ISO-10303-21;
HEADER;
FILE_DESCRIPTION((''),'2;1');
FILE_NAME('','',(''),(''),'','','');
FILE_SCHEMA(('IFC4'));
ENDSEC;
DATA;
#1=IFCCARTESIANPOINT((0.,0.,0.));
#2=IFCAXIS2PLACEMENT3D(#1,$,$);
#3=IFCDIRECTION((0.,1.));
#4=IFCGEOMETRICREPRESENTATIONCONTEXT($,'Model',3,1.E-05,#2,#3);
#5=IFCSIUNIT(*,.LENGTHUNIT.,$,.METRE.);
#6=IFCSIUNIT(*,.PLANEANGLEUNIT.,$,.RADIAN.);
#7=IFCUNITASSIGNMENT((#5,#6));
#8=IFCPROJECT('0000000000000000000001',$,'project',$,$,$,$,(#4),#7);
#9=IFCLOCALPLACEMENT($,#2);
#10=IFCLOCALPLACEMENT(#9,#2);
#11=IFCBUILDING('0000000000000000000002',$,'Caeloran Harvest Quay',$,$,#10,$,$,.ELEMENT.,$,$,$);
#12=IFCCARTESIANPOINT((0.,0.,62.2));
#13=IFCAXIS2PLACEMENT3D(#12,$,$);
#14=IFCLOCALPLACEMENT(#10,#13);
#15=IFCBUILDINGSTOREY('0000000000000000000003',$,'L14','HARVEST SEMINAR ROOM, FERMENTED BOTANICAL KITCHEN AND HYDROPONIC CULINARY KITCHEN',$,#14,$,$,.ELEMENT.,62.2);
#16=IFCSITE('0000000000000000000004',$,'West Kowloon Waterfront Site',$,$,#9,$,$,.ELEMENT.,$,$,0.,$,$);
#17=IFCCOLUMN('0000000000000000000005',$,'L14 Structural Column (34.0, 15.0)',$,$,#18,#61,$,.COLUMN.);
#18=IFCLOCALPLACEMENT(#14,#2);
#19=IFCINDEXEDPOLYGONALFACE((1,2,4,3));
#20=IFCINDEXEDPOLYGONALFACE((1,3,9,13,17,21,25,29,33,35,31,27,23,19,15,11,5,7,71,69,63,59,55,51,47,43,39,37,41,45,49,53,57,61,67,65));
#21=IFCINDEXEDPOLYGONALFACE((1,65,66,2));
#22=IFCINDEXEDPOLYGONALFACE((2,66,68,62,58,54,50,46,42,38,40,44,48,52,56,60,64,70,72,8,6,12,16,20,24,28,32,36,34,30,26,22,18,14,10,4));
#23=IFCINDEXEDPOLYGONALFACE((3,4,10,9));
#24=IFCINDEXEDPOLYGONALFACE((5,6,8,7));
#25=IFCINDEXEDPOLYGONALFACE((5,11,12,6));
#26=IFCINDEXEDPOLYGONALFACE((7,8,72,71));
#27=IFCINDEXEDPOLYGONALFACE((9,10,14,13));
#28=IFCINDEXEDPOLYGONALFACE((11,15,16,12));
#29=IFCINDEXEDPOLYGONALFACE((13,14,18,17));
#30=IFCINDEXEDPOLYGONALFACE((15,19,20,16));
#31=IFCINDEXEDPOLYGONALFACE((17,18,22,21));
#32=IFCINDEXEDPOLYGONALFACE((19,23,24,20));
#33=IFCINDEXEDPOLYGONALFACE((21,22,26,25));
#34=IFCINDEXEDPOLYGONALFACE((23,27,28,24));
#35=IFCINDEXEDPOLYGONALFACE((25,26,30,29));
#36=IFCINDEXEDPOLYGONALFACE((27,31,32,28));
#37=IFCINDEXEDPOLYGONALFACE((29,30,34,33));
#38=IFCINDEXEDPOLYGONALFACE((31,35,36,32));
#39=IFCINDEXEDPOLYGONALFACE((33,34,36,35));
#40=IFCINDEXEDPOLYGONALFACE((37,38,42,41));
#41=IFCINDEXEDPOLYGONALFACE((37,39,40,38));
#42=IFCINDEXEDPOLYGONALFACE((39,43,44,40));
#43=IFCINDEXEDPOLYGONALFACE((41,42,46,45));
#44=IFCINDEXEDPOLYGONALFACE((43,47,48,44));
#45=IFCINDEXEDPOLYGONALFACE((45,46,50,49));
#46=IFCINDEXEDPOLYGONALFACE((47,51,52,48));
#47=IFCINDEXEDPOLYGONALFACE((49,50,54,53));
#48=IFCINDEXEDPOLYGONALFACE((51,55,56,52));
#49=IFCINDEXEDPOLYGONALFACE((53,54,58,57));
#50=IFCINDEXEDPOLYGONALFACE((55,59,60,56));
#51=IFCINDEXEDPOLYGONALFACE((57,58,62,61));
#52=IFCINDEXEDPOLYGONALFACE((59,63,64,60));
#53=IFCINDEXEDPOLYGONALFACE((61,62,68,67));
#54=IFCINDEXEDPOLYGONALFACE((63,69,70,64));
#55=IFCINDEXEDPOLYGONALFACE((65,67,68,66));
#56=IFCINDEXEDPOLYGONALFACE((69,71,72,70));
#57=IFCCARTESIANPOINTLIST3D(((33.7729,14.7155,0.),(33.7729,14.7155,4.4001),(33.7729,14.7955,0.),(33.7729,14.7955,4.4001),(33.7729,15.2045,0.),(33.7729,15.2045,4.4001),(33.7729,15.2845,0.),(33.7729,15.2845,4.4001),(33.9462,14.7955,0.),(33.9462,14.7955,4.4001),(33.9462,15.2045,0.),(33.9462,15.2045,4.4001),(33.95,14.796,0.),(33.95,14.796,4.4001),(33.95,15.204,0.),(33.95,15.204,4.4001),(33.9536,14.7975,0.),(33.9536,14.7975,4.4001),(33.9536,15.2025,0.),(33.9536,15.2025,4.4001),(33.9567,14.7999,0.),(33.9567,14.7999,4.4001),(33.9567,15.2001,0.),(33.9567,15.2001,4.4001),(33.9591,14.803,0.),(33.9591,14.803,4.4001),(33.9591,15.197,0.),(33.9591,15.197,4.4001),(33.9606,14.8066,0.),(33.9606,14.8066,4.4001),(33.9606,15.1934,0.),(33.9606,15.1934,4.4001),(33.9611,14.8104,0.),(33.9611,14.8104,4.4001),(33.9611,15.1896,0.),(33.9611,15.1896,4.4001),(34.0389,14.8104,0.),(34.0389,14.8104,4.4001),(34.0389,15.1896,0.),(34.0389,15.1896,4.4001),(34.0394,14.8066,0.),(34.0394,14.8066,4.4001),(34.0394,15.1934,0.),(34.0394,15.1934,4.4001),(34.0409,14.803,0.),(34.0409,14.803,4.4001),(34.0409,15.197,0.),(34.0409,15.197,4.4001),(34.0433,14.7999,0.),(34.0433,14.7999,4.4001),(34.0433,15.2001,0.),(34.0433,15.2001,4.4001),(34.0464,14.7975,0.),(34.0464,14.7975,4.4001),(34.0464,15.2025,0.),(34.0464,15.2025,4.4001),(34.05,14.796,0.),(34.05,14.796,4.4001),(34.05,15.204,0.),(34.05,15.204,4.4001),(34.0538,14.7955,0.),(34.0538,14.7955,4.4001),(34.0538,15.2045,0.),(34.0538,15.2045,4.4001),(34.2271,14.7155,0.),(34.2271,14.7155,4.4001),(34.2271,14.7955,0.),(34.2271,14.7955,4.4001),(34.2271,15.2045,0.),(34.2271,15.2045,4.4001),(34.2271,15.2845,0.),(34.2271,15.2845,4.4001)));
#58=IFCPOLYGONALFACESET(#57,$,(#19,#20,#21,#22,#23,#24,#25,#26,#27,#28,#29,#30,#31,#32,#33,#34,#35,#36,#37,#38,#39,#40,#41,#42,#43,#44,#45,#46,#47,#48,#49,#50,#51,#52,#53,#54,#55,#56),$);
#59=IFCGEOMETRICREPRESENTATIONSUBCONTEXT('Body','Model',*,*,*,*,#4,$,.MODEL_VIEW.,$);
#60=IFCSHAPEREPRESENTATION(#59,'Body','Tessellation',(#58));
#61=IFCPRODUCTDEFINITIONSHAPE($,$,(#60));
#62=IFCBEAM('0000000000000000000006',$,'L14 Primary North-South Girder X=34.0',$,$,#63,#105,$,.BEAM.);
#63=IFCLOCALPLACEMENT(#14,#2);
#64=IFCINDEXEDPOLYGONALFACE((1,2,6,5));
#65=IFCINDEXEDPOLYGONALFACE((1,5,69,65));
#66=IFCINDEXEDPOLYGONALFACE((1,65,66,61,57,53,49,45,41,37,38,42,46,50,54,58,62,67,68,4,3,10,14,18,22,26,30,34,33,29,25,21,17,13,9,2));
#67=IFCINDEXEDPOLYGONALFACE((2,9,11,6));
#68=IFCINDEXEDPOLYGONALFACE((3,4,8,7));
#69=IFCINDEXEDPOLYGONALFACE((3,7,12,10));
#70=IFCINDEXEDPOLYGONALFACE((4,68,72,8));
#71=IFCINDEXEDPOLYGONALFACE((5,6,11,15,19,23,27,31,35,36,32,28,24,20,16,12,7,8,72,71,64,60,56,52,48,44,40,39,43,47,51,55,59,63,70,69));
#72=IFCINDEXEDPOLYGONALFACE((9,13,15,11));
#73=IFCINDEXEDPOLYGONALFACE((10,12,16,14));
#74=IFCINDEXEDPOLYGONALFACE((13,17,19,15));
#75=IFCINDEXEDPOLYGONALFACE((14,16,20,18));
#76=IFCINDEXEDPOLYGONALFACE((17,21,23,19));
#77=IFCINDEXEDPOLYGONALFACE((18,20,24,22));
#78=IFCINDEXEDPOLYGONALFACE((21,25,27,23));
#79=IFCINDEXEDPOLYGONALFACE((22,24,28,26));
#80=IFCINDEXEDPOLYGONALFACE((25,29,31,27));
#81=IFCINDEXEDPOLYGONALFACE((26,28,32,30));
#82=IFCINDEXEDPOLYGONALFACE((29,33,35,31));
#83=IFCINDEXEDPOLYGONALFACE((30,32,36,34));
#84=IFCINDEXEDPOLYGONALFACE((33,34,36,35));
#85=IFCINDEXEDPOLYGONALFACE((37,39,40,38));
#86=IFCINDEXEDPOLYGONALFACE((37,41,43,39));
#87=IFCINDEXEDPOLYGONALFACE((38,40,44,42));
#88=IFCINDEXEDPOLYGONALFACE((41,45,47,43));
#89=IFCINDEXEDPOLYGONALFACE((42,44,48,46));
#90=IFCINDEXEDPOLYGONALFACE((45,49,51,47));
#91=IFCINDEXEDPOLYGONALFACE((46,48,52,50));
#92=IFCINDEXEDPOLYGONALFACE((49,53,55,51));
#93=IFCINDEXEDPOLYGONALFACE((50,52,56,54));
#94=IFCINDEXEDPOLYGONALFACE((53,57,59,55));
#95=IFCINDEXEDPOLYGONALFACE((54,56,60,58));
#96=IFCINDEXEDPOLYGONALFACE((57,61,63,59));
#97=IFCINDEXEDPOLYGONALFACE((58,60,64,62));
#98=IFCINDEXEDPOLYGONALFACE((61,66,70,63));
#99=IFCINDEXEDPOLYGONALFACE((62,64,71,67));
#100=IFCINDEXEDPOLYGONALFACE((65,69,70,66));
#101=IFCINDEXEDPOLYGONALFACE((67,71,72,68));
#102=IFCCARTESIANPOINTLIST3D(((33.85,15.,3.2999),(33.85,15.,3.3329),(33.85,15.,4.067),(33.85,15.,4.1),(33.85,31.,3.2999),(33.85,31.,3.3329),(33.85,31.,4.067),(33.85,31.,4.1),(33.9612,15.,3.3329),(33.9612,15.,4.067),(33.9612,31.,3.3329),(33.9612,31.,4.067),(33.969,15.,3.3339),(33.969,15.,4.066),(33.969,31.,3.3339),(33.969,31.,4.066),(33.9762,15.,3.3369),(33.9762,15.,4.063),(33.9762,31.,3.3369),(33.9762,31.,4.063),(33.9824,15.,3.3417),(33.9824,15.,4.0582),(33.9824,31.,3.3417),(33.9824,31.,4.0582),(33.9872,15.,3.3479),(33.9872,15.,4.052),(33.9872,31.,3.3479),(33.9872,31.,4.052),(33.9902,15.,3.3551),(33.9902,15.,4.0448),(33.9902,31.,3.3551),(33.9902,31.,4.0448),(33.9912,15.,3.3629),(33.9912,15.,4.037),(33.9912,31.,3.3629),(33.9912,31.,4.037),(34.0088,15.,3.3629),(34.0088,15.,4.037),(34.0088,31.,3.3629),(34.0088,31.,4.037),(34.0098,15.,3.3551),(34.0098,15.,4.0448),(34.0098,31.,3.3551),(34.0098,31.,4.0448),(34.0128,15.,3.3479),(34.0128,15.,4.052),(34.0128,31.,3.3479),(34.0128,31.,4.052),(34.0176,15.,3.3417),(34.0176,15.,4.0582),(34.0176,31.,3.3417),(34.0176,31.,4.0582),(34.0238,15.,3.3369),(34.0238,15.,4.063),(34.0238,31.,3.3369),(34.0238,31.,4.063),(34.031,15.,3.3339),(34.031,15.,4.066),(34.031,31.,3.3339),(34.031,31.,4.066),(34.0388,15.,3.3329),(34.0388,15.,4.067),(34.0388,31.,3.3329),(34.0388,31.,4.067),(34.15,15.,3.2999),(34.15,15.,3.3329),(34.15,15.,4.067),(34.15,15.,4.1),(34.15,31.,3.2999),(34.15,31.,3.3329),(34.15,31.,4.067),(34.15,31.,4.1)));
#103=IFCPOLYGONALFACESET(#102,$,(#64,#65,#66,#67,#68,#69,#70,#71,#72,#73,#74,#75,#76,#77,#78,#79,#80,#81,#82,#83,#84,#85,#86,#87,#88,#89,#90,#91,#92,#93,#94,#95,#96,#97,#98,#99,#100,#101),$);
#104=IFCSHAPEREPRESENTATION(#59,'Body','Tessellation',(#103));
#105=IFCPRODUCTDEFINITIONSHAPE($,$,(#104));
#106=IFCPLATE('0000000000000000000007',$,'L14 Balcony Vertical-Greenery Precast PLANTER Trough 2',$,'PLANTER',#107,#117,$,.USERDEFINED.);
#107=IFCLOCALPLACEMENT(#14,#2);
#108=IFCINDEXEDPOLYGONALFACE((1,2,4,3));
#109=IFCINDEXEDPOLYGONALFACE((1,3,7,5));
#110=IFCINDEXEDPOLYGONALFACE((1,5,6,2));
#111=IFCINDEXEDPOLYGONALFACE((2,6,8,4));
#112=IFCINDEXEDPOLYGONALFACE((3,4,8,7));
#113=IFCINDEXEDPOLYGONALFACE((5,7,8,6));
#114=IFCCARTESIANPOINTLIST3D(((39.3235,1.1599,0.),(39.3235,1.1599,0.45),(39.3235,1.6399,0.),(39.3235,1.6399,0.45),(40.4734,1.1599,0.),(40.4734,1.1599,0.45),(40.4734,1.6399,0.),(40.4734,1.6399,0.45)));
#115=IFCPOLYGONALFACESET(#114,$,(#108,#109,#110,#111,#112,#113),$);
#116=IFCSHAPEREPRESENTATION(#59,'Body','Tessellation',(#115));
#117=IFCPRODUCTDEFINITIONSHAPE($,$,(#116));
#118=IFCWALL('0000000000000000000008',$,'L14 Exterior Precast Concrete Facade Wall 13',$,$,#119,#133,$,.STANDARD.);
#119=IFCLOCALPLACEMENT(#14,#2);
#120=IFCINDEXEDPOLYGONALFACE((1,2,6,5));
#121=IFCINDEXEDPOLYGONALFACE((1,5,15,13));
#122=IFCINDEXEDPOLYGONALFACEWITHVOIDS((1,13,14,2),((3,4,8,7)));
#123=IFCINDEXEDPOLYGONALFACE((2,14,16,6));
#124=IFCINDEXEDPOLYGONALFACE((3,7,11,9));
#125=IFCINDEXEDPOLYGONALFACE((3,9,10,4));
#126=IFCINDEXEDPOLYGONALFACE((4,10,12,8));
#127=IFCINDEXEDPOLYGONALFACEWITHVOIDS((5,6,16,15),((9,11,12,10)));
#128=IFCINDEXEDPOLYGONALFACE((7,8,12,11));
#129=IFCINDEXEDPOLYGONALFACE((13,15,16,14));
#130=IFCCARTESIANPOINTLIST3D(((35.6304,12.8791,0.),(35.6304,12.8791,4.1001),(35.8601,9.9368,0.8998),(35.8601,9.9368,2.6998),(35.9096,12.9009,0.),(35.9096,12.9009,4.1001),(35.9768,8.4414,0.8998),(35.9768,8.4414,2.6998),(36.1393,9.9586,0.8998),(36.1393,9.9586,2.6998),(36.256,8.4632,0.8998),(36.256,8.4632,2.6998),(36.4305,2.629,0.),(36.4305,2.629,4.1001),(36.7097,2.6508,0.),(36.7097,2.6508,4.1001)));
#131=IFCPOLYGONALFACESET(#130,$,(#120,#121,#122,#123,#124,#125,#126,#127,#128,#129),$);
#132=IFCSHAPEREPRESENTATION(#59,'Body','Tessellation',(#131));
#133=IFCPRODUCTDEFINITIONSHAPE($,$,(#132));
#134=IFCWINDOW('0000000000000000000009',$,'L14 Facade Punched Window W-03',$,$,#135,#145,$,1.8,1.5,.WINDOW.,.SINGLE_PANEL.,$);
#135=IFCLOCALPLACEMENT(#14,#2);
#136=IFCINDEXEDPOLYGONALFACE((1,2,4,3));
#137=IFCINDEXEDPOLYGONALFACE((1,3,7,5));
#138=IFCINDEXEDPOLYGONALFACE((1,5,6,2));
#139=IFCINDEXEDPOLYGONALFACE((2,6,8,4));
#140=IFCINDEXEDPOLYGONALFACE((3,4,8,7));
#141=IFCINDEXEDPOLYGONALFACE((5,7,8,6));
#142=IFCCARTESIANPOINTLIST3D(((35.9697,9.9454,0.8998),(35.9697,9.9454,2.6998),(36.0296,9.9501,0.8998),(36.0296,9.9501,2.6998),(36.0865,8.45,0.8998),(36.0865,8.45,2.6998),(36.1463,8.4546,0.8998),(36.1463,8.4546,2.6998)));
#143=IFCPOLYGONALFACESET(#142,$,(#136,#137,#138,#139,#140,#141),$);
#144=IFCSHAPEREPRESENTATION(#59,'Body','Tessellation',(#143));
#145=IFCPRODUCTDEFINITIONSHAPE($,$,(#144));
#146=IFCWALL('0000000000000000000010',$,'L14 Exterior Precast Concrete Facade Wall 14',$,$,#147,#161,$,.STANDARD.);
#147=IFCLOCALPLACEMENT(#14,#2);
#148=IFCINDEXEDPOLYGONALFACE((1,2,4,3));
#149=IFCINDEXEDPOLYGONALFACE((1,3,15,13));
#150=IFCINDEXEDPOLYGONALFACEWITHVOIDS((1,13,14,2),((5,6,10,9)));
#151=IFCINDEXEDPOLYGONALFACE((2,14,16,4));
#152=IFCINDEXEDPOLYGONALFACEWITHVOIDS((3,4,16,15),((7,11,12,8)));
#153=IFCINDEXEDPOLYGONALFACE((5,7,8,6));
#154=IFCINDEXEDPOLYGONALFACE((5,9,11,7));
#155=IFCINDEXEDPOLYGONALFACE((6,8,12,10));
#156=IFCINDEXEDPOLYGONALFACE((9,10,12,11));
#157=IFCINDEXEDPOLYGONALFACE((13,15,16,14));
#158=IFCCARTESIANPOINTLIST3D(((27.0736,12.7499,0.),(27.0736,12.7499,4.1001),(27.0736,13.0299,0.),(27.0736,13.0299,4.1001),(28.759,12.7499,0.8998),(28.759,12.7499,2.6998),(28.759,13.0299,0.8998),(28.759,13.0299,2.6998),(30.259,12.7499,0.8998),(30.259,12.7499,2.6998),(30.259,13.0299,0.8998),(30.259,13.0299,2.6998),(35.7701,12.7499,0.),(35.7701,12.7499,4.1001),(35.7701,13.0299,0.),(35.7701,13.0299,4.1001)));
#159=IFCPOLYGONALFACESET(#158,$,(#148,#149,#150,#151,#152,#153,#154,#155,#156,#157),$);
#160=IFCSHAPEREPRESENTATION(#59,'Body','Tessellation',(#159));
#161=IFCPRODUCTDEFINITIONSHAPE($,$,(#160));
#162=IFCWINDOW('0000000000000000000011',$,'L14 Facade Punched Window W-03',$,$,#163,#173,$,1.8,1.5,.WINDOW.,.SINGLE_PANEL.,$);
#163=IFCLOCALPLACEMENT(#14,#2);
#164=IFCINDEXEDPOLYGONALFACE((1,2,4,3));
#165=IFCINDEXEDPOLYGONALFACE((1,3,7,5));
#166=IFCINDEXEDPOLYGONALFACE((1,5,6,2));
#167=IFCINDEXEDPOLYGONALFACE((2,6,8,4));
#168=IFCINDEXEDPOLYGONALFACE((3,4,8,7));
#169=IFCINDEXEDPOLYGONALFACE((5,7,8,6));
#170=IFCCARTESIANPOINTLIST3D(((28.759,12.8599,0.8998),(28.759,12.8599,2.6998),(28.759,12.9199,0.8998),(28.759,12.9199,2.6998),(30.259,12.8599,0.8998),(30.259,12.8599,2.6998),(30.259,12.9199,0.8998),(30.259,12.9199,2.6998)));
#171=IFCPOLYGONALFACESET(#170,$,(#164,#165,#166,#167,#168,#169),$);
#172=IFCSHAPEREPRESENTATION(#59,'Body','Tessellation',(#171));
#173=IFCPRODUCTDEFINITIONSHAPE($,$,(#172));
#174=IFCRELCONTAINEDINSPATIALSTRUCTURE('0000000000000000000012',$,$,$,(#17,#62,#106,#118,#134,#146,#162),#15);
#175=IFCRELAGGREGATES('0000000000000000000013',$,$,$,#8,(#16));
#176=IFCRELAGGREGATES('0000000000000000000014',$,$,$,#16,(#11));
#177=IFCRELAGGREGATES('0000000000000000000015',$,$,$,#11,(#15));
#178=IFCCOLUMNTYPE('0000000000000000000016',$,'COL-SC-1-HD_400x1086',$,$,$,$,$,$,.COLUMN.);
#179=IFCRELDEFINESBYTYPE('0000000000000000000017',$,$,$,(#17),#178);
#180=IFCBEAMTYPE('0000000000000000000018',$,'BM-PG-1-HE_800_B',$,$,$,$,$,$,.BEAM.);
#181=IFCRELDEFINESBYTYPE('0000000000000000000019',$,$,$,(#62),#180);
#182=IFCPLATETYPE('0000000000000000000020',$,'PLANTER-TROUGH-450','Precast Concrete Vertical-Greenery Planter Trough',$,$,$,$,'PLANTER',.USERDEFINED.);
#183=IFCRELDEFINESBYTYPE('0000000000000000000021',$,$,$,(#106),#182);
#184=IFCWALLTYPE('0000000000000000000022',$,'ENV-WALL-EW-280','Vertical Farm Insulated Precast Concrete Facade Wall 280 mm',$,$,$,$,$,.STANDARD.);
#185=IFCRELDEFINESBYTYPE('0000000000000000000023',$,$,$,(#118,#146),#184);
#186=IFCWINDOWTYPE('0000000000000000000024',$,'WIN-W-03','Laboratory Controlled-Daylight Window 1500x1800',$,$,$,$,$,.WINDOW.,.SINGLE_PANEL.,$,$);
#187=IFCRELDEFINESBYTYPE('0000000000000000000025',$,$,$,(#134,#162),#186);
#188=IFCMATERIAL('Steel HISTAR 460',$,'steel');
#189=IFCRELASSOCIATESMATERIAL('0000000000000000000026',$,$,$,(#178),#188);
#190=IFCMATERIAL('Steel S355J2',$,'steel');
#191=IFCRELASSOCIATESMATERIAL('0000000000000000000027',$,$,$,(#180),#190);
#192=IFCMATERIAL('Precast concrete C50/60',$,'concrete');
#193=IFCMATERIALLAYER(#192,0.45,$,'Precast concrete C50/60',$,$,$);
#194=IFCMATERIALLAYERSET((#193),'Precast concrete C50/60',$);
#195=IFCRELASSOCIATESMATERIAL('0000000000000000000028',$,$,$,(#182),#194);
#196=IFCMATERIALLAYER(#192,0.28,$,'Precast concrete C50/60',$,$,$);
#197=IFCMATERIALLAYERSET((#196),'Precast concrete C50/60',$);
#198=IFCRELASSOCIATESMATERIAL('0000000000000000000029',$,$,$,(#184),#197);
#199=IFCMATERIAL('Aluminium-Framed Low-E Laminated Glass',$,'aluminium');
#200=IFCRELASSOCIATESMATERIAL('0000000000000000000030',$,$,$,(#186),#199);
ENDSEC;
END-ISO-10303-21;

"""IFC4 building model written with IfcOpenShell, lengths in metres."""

from ifc_helpers import new_model, si_unit, direction, frame, frame_2d, origin, origin_2d, place, context, subcontext, project, spatial, rectangle, i_section, extrude, material, layer, layer_set, material_profile, profile_set, type_object, element, fill, save


model = new_model("IFC4")

# Units and contexts
model_context = context("Model", 3, precision=1e-05, world=origin(), true_north=direction((0.0, 1.0)))
body_context = subcontext(model_context, "Body", "Model", "MODEL_VIEW")
ifc_project = project(units=[si_unit("LENGTHUNIT", "METRE"), si_unit("PLANEANGLEUNIT", "RADIAN")], contexts=[model_context])

# Site, building, storey
site_placement = place(None, origin())
site = spatial("IfcSite", under=ifc_project, at=site_placement, Name="West Kowloon Waterfront Site", CompositionType="ELEMENT", RefElevation=0.0)
building_placement = place(site_placement, origin())
building = spatial("IfcBuilding", under=site, at=building_placement, Name="Caeloran Harvest Quay", CompositionType="ELEMENT")
storey_placement = place(building_placement, frame((0.0, 0.0, 62.2)))
storey = spatial("IfcBuildingStorey", under=building, at=storey_placement, Name="L14", Description="HARVEST SEMINAR ROOM, FERMENTED BOTANICAL KITCHEN AND HYDROPONIC CULINARY KITCHEN", CompositionType="ELEMENT", Elevation=62.2)

# Column
ifc_material_1 = material(Name="Steel HISTAR 460", Category="steel")
ifc_material_profile_1 = material_profile(ifc_material_1, i_section(OverallWidth=0.4541, OverallDepth=0.5691, WebThickness=0.0779, FlangeThickness=0.0801, FilletRadius=0.0149, at=origin_2d()), Name="HD 400x1086")
ifc_profile_set_1 = profile_set([ifc_material_profile_1], Name="Steel HISTAR 460")
column_type = type_object("IfcColumnType", Name="COL-SC-1-HD_400x1086", PredefinedType="COLUMN", material=ifc_profile_set_1)
column_placement = place(storey_placement, frame((34.0, 15.0, 0.0), z_axis=(0.0, 0.0, 1.0), x_axis=(1.0, 0.0, 0.0)))
element("IfcColumn", 1, at=column_placement, inside=storey, type_object=column_type, Name="L14 Structural Column (34.0, 15.0)", PredefinedType="COLUMN", context=body_context, shape_type="SweptSolid", body=[
    extrude(i_section(OverallWidth=0.4541, OverallDepth=0.5691, WebThickness=0.0779, FlangeThickness=0.0801, FilletRadius=0.0149, at=origin_2d()), origin(), (0.0, 0.0, 1.0), 4.4001),
])

# Beam
ifc_material_2 = material(Name="Steel S355J2", Category="steel")
ifc_material_profile_2 = material_profile(ifc_material_2, i_section(OverallWidth=0.3, OverallDepth=0.8, WebThickness=0.0176, FlangeThickness=0.033, FilletRadius=0.03, at=origin_2d()), Name="HE 800 B")
ifc_profile_set_2 = profile_set([ifc_material_profile_2], Name="Steel S355J2")
beam_type = type_object("IfcBeamType", Name="BM-PG-1-HE_800_B", PredefinedType="BEAM", material=ifc_profile_set_2)
beam_placement = place(storey_placement, frame((34.0, 15.0, 3.7), z_axis=(0.0, 1.0, 0.0), x_axis=(-1.0, 0.0, 0.0)))
element("IfcBeam", 2, at=beam_placement, inside=storey, type_object=beam_type, Name="L14 Primary North-South Girder X=34.0", PredefinedType="BEAM", context=body_context, shape_type="SweptSolid", body=[
    extrude(i_section(OverallWidth=0.3, OverallDepth=0.8, WebThickness=0.0176, FlangeThickness=0.033, FilletRadius=0.03, at=origin_2d()), origin(), (0.0, 0.0, 1.0), 16.0),
])

# Plate
ifc_material_3 = material(Name="Precast concrete C50/60", Category="concrete")
ifc_layer_1 = layer(ifc_material_3, 0.45, Name="Precast concrete C50/60")
ifc_layer_set_1 = layer_set([ifc_layer_1], Name="Precast concrete C50/60")
plate_type = type_object("IfcPlateType", Name="PLANTER-TROUGH-450", Description="Precast Concrete Vertical-Greenery Planter Trough", ElementType="PLANTER", PredefinedType="USERDEFINED", material=ifc_layer_set_1)
plate_placement = place(storey_placement, frame((39.8984, 1.3999, 0.0), z_axis=(0.0, 0.0, 1.0), x_axis=(1.0, 0.0, 0.0)))
element("IfcPlate", 3, at=plate_placement, inside=storey, type_object=plate_type, Name="L14 Balcony Vertical-Greenery Precast PLANTER Trough 2", ObjectType="PLANTER", PredefinedType="USERDEFINED", context=body_context, shape_type="SweptSolid", body=[
    extrude(rectangle(XDim=1.1499, YDim=0.48, at=origin_2d()), origin(), (0.0, 0.0, 1.0), 0.45),
])

# Walls, openings, windows
ifc_layer_2 = layer(ifc_material_3, 0.28, Name="Precast concrete C50/60")
ifc_layer_set_2 = layer_set([ifc_layer_2], Name="Precast concrete C50/60")
wall_type_1 = type_object("IfcWallType", Name="ENV-WALL-EW-280", Description="Vertical Farm Insulated Precast Concrete Facade Wall 280 mm", PredefinedType="STANDARD", material=ifc_layer_set_2)
wall_1_placement = place(storey_placement, frame((36.5701, 2.6399, 0.0), z_axis=(0.0, 0.0, 1.0), x_axis=(-0.077817, 0.996968, 0.0)))
wall_1 = element("IfcWall", 4, at=wall_1_placement, inside=storey, type_object=wall_type_1, Name="L14 Exterior Precast Concrete Facade Wall 13", PredefinedType="STANDARD", context=body_context, shape_type="SweptSolid", body=[
    extrude(rectangle(XDim=10.2812, YDim=0.28, at=frame_2d((5.1406, 0.0))), origin(), (0.0, 0.0, 1.0), 4.1001),
])
opening_1_placement = place(wall_1_placement, frame((5.8301, 0.0, 0.8999)))
opening_1 = element("IfcOpeningElement", 5, at=opening_1_placement, cuts=wall_1, PredefinedType="OPENING", context=body_context, shape_type="SweptSolid", body=[
    extrude(rectangle(XDim=1.5, YDim=1.8, at=frame_2d((0.75, 0.8999))), frame((0.0, 0.1499, 0.0), z_axis=(0.0, -1.0, 0.0), x_axis=(1.0, 0.0, 0.0)), (0.0, 0.0, 1.0), 0.3),
])
ifc_material_4 = material(Name="Aluminium-Framed Low-E Laminated Glass", Category="aluminium")
window_type = type_object("IfcWindowType", Name="WIN-W-03", Description="Laboratory Controlled-Daylight Window 1500x1800", PartitioningType="SINGLE_PANEL", PredefinedType="WINDOW", material=ifc_material_4)
window_1_placement = place(opening_1_placement, origin())
window_1 = element("IfcWindow", 6, at=window_1_placement, inside=storey, type_object=window_type, Name="L14 Facade Punched Window W-03", OverallHeight=1.8, OverallWidth=1.5, PartitioningType="SINGLE_PANEL", PredefinedType="WINDOW", context=body_context, shape_type="SweptSolid", body=[
    extrude(rectangle(XDim=1.5, YDim=1.8, at=frame_2d((0.75, 0.8999))), frame((0.0, 0.03, 0.0), z_axis=(0.0, -1.0, 0.0), x_axis=(1.0, 0.0, 0.0)), (0.0, 0.0, 1.0), 0.0601),
])
fill(opening_1, window_1)
wall_2_placement = place(storey_placement, frame((35.77, 12.8899, 0.0), z_axis=(0.0, 0.0, 1.0), x_axis=(-1.0, 0.0, 0.0)))
wall_2 = element("IfcWall", 7, at=wall_2_placement, inside=storey, type_object=wall_type_1, Name="L14 Exterior Precast Concrete Facade Wall 14", PredefinedType="STANDARD", context=body_context, shape_type="SweptSolid", body=[
    extrude(rectangle(XDim=8.6965, YDim=0.28, at=frame_2d((4.3481, 0.0))), origin(), (0.0, 0.0, 1.0), 4.1001),
])
opening_2_placement = place(wall_2_placement, frame((5.511, 0.0, 0.8999)))
opening_2 = element("IfcOpeningElement", 8, at=opening_2_placement, cuts=wall_2, PredefinedType="OPENING", context=body_context, shape_type="SweptSolid", body=[
    extrude(rectangle(XDim=1.5, YDim=1.8, at=frame_2d((0.75, 0.8999))), frame((0.0, 0.1499, 0.0), z_axis=(0.0, -1.0, 0.0), x_axis=(1.0, 0.0, 0.0)), (0.0, 0.0, 1.0), 0.3),
])
window_2_placement = place(opening_2_placement, origin())
window_2 = element("IfcWindow", 9, at=window_2_placement, inside=storey, type_object=window_type, Name="L14 Facade Punched Window W-03", OverallHeight=1.8, OverallWidth=1.5, PartitioningType="SINGLE_PANEL", PredefinedType="WINDOW", context=body_context, shape_type="SweptSolid", body=[
    extrude(rectangle(XDim=1.5, YDim=1.8, at=frame_2d((0.75, 0.8999))), frame((0.0, 0.03, 0.0), z_axis=(0.0, -1.0, 0.0), x_axis=(1.0, 0.0, 0.0)), (0.0, 0.0, 1.0), 0.0601),
])
fill(opening_2, window_2)

save(model, "model.ifc")
